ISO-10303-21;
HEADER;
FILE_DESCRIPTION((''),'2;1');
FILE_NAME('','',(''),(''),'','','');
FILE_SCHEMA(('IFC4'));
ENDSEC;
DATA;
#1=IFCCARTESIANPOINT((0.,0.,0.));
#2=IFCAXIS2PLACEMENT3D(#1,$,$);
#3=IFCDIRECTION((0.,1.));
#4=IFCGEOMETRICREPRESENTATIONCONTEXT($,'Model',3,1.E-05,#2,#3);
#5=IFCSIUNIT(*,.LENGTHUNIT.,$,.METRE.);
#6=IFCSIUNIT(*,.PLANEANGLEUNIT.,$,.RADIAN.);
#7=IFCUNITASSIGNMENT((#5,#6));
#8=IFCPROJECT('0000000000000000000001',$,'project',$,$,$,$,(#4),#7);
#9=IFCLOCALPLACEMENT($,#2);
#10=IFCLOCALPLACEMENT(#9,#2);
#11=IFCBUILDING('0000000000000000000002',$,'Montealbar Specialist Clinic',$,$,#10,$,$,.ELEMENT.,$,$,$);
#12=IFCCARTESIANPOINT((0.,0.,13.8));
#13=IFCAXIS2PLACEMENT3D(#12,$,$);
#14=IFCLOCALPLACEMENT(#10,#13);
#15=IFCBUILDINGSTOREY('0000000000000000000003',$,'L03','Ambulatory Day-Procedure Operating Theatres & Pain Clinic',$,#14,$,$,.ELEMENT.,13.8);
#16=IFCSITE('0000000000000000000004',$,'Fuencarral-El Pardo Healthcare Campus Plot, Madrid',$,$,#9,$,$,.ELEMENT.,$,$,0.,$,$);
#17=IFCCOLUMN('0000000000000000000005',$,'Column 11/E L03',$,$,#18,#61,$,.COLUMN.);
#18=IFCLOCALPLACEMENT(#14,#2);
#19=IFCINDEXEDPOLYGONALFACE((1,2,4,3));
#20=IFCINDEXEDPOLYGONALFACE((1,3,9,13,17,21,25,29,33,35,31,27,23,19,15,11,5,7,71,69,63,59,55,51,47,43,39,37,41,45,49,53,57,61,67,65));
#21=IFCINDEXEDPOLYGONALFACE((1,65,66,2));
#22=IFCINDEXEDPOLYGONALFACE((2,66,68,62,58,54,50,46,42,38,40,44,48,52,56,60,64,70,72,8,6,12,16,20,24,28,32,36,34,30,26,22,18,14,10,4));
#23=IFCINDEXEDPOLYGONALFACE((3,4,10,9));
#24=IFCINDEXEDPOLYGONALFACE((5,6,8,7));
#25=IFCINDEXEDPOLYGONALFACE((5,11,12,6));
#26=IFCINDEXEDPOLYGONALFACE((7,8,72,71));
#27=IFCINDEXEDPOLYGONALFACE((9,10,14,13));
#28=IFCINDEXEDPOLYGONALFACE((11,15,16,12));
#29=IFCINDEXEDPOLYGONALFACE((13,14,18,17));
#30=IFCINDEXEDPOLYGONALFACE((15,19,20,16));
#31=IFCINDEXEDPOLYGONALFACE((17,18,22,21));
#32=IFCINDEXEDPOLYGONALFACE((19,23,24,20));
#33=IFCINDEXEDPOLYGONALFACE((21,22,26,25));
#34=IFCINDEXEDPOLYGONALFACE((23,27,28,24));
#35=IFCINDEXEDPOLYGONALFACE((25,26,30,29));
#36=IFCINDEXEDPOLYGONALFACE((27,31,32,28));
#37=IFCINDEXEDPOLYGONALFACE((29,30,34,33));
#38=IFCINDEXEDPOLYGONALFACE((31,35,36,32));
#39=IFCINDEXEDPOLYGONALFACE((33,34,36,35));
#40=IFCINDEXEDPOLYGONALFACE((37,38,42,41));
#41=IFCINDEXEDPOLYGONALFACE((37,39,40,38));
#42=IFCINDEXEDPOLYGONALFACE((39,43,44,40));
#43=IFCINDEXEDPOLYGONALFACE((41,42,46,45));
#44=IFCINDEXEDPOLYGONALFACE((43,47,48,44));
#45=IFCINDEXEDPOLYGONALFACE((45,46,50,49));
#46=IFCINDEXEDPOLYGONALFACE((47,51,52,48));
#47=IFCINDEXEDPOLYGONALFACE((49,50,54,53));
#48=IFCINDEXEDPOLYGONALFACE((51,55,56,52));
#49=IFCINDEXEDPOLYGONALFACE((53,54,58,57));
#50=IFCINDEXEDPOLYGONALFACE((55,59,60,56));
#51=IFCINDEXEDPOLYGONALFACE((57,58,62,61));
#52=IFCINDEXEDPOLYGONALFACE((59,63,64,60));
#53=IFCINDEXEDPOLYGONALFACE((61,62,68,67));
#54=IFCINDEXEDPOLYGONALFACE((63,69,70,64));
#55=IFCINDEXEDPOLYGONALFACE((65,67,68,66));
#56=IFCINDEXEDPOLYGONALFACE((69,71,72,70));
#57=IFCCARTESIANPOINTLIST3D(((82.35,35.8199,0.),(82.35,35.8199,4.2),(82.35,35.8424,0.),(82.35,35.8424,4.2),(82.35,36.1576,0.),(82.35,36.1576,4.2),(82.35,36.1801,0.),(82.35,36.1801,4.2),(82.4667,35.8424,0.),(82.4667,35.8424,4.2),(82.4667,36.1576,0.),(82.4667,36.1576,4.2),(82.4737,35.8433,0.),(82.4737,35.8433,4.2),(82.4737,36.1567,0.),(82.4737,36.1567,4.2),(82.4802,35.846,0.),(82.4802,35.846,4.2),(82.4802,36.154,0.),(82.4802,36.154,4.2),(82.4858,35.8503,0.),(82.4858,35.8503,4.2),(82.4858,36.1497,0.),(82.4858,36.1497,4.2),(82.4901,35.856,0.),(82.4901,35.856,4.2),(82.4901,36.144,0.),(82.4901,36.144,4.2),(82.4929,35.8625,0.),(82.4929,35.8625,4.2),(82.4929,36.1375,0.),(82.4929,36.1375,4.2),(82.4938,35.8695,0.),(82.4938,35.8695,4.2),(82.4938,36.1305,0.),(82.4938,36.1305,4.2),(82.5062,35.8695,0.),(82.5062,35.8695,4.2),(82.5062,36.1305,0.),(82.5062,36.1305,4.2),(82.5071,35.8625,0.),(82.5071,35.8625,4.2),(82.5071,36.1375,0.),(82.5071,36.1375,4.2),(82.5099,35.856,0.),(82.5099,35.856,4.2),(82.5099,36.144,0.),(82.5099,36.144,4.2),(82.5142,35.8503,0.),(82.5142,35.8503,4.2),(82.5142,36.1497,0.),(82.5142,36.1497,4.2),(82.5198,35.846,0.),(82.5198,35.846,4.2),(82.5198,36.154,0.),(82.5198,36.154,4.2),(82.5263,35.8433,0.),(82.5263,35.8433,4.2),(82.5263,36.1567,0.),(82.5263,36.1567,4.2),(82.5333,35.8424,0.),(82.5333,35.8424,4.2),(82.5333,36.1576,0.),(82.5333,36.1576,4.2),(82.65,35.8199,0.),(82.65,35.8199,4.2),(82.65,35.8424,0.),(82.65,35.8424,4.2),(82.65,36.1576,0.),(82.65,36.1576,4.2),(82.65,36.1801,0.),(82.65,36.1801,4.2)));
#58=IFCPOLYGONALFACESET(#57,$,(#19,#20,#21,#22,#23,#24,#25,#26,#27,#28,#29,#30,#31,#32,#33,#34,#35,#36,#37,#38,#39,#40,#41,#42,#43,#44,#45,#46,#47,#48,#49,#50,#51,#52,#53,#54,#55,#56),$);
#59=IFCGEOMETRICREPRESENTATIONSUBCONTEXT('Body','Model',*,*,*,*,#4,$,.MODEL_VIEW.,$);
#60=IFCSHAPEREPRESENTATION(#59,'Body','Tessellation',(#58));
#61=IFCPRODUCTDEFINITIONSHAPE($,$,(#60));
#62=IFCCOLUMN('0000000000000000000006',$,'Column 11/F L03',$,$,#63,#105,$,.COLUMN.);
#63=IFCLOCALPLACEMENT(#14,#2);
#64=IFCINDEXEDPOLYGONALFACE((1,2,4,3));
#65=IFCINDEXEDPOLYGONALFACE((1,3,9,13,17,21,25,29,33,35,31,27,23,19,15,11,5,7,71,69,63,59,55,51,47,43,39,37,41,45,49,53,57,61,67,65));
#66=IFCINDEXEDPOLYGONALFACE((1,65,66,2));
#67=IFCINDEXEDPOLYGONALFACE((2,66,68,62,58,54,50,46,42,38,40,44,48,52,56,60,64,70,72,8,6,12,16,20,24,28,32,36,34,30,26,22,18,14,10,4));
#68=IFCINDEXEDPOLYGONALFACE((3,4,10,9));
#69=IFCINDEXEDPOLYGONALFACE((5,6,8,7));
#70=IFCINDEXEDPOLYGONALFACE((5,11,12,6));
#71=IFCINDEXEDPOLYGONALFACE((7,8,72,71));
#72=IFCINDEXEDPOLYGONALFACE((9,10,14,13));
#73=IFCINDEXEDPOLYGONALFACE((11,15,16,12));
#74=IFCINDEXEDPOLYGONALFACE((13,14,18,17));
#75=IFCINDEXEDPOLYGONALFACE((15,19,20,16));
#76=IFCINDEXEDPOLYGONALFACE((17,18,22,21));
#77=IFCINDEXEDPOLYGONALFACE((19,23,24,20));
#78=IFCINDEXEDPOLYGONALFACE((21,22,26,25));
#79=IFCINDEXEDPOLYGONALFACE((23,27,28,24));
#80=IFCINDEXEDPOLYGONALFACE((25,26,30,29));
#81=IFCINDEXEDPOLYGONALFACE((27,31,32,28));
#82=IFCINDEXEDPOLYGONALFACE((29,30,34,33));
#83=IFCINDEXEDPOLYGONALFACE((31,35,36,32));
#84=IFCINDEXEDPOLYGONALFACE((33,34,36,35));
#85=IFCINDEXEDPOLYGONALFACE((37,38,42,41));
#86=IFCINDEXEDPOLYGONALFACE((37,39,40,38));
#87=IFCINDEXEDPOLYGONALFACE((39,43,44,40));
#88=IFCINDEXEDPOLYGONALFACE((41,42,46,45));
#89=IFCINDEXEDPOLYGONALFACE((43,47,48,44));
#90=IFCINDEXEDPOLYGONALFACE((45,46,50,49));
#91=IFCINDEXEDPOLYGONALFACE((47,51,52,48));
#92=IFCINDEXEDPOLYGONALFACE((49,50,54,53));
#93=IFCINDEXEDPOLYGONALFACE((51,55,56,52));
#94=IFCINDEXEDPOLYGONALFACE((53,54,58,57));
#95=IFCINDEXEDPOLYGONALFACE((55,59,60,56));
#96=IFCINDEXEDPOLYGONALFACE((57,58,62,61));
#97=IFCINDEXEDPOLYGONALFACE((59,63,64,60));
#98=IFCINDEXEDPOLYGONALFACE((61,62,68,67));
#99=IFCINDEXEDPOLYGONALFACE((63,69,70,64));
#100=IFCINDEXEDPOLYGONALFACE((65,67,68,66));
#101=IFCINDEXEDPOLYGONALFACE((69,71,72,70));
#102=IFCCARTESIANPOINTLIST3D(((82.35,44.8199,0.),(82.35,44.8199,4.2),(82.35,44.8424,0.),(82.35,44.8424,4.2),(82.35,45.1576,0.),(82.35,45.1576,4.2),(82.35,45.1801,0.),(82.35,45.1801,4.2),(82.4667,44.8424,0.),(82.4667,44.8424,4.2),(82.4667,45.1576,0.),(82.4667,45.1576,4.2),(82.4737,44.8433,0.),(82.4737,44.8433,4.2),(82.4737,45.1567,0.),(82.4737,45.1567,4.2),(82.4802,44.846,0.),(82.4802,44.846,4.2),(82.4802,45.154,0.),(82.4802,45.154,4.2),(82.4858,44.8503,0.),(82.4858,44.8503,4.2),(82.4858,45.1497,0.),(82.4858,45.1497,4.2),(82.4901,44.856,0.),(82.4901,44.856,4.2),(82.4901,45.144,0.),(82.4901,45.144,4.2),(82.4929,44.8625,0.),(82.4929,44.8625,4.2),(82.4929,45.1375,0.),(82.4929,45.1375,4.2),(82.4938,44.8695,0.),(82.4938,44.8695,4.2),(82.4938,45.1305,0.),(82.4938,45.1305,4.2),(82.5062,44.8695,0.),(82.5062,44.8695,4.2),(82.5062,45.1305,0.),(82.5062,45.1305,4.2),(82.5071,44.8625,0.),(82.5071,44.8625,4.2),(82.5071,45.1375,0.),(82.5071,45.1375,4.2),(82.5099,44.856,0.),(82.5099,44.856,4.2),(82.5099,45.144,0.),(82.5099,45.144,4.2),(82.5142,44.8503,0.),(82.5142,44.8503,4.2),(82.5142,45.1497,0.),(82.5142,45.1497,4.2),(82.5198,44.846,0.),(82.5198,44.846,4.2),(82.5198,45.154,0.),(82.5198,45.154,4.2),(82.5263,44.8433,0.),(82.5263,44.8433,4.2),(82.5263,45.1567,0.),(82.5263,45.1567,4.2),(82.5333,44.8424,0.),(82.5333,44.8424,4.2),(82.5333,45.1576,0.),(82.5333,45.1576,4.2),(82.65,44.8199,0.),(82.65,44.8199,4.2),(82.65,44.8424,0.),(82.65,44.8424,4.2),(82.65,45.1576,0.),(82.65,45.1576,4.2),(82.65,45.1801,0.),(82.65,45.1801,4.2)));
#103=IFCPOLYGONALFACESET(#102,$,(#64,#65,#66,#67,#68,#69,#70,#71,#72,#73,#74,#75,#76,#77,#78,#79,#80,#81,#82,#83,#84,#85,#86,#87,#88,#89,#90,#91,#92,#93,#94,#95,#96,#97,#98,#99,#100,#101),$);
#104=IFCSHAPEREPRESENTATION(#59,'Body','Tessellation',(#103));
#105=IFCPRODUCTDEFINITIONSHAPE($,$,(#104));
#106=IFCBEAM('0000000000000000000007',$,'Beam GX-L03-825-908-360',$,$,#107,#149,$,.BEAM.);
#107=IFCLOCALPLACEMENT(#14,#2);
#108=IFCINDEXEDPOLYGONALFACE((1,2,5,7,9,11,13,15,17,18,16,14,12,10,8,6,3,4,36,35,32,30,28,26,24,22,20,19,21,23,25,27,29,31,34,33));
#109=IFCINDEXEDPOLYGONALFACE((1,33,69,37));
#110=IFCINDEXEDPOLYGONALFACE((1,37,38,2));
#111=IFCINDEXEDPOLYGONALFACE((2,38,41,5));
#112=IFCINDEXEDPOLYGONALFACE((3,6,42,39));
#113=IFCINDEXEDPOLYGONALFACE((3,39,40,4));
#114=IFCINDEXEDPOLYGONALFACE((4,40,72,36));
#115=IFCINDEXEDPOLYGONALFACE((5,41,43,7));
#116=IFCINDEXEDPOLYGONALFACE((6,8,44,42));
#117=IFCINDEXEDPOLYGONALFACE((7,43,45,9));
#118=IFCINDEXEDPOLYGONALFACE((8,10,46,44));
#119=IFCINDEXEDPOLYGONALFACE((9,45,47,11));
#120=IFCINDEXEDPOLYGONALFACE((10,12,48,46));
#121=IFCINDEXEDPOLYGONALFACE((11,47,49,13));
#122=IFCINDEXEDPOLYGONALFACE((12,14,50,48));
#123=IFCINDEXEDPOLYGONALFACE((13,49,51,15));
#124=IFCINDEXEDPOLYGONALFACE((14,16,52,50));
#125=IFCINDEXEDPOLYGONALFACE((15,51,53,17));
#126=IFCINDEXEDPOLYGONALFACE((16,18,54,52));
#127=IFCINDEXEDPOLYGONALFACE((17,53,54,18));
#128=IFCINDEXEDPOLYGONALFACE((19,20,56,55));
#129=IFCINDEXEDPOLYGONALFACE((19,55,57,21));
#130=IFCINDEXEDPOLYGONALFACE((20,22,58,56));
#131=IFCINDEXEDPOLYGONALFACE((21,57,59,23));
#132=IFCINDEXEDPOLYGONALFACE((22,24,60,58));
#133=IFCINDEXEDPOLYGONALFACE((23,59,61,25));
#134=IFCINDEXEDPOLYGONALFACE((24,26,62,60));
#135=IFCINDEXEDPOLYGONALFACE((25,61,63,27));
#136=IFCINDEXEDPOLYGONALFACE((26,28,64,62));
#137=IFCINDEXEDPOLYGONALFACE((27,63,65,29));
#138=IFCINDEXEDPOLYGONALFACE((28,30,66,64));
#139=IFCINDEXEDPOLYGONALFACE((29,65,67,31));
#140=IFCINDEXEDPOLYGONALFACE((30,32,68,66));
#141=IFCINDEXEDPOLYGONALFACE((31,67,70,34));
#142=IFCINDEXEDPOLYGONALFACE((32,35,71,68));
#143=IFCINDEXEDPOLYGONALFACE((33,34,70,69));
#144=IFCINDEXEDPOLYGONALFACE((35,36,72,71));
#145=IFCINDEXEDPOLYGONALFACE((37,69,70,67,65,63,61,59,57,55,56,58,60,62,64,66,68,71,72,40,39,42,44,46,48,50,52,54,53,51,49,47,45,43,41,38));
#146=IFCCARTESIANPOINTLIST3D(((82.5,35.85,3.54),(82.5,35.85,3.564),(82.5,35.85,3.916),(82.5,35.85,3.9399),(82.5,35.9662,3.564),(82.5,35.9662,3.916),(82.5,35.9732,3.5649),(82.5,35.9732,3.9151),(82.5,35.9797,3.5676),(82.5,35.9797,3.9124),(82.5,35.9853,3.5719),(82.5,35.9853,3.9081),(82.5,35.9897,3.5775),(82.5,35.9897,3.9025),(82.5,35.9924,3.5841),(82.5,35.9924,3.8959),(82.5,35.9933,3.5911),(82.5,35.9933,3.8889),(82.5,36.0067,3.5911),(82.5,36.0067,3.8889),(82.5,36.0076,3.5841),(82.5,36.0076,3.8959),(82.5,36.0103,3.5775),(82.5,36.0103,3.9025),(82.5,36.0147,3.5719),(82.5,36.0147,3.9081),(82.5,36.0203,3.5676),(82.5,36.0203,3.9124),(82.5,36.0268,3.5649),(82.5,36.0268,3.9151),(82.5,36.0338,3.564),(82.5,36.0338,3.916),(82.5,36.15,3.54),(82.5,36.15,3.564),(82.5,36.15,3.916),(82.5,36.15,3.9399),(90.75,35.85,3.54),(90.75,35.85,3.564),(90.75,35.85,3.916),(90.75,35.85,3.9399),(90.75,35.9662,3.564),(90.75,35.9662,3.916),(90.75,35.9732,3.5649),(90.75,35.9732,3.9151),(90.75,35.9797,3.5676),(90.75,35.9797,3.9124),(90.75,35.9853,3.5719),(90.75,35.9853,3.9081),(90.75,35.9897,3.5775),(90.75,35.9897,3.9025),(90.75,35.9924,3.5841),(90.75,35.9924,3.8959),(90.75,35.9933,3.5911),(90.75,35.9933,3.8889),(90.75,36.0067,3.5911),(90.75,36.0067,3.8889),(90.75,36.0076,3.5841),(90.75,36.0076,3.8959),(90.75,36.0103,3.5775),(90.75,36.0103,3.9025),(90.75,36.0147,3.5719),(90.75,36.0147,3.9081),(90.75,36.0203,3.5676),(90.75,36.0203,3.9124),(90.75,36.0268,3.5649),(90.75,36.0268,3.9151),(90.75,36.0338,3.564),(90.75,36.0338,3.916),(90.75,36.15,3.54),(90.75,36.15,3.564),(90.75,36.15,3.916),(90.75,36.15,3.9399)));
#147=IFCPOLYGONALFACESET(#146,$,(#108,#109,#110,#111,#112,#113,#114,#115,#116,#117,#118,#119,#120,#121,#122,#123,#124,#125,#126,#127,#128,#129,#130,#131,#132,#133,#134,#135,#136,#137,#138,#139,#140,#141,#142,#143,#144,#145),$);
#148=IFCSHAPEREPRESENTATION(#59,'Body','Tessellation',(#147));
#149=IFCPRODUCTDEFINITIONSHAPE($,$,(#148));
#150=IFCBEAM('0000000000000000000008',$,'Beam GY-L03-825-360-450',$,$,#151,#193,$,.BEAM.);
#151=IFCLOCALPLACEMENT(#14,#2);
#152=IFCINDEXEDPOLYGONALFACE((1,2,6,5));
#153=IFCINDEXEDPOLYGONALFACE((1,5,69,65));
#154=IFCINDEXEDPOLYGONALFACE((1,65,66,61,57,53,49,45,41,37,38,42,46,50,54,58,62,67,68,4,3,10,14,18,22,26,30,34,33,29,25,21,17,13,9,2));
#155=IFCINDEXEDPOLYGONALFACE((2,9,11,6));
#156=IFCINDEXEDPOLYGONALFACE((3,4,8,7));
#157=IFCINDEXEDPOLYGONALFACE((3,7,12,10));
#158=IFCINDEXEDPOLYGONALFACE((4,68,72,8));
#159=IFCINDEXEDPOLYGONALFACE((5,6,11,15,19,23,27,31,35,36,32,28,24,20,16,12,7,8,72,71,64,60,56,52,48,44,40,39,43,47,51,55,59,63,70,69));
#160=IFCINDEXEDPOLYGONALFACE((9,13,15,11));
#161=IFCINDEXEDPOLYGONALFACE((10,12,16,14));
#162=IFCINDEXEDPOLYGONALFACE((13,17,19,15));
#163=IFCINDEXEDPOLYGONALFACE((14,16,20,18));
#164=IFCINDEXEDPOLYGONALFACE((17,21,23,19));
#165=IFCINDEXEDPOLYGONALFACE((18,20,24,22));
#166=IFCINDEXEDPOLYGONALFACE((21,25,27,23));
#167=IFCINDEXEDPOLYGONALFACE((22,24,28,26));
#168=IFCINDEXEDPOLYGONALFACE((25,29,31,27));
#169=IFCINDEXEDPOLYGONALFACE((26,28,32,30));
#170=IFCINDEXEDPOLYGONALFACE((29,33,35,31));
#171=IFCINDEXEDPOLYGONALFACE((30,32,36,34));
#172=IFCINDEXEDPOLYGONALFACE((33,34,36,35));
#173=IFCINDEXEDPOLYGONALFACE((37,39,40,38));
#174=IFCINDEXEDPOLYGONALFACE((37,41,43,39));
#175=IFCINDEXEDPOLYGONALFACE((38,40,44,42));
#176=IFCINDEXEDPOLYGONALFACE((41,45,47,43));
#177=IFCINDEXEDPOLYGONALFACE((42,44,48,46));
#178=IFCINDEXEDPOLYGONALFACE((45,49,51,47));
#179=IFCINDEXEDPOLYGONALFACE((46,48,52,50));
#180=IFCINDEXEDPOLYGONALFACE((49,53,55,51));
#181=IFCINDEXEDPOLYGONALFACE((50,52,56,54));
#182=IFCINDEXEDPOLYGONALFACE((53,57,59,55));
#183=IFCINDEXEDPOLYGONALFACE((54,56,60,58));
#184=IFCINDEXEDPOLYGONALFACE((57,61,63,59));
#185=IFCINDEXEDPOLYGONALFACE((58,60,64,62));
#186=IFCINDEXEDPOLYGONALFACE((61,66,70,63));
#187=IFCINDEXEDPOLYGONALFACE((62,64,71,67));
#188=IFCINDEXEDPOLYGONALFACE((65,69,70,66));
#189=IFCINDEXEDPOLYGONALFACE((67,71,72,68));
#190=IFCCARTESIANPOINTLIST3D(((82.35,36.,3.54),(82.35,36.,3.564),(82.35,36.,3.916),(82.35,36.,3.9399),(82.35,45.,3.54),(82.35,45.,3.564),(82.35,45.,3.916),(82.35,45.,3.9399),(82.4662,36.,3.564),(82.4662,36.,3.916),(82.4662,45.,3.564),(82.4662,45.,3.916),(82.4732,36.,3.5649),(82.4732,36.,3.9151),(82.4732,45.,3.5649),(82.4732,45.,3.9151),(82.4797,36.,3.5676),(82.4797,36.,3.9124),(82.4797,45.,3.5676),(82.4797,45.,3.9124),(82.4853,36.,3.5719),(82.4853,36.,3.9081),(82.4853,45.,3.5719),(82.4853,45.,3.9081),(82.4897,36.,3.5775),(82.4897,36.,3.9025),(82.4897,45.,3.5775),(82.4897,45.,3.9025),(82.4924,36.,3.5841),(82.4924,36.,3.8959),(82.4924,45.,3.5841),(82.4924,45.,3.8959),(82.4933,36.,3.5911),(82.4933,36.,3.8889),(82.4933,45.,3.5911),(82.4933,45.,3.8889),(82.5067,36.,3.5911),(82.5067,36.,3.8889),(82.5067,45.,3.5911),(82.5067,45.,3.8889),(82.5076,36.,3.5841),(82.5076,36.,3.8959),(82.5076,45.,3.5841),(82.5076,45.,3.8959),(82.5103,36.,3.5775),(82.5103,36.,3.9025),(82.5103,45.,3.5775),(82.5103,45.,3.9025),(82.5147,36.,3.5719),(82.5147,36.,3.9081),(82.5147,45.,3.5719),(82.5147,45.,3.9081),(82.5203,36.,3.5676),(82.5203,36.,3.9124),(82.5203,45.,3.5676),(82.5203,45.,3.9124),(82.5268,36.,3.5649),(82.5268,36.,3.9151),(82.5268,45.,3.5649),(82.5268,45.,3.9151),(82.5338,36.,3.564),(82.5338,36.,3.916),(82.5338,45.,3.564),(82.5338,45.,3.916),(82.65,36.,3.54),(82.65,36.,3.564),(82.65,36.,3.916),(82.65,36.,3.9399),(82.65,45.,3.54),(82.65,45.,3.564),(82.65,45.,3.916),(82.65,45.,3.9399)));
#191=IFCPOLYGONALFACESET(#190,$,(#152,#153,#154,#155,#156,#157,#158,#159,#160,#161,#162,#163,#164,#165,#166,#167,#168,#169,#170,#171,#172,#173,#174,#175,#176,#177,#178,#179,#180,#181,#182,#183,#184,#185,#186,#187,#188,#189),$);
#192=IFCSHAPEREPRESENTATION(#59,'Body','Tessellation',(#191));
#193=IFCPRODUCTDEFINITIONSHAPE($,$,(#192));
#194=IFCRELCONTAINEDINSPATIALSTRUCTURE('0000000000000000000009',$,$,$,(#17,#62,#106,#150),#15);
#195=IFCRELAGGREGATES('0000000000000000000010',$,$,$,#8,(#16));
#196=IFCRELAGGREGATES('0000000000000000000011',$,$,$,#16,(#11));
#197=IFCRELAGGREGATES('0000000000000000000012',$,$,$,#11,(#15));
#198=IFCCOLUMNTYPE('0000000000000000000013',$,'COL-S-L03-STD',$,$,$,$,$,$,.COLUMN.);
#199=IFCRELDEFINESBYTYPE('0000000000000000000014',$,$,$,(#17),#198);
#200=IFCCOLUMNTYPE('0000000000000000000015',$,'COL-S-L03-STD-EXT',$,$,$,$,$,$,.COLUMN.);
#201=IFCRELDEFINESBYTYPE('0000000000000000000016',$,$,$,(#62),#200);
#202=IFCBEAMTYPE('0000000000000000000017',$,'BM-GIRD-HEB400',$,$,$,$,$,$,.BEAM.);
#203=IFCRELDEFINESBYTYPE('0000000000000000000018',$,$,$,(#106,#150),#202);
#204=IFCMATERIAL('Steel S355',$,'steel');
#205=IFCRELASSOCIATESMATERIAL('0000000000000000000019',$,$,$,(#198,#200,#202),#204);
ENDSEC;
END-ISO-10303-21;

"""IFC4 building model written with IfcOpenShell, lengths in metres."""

from ifc_helpers import new_model, si_unit, direction, frame, origin, origin_2d, place, context, subcontext, project, spatial, i_section, extrude, material, material_profile, profile_set, type_object, element, save


model = new_model("IFC4")

# Units and contexts
model_context = context("Model", 3, precision=1e-05, world=origin(), true_north=direction((0.0, 1.0)))
body_context = subcontext(model_context, "Body", "Model", "MODEL_VIEW")
ifc_project = project(units=[si_unit("LENGTHUNIT", "METRE"), si_unit("PLANEANGLEUNIT", "RADIAN")], contexts=[model_context])

# Site, building, storey
site_placement = place(None, origin())
site = spatial("IfcSite", under=ifc_project, at=site_placement, Name="Fuencarral-El Pardo Healthcare Campus Plot, Madrid", CompositionType="ELEMENT", RefElevation=0.0)
building_placement = place(site_placement, origin())
building = spatial("IfcBuilding", under=site, at=building_placement, Name="Montealbar Specialist Clinic", CompositionType="ELEMENT")
storey_placement = place(building_placement, frame((0.0, 0.0, 13.8)))
storey = spatial("IfcBuildingStorey", under=building, at=storey_placement, Name="L03", Description="Ambulatory Day-Procedure Operating Theatres & Pain Clinic", CompositionType="ELEMENT", Elevation=13.8)

# Columns
ifc_material_1 = material(Name="Steel S355", Category="steel")
ifc_material_profile_1 = material_profile(ifc_material_1, i_section(OverallWidth=0.3, OverallDepth=0.3601, WebThickness=0.0125, FlangeThickness=0.0225, FilletRadius=0.0271, at=origin_2d()), Name="HEB 360", Category="steel")
ifc_profile_set_1 = profile_set([ifc_material_profile_1], Name="Steel S355")
column_type_1 = type_object("IfcColumnType", Name="COL-S-L03-STD", PredefinedType="COLUMN", material=ifc_profile_set_1)
column_1_placement = place(storey_placement, frame((82.5, 36.0, 0.0), z_axis=(0.0, 0.0, 1.0), x_axis=(1.0, 0.0, 0.0)))
element("IfcColumn", 1, at=column_1_placement, inside=storey, type_object=column_type_1, Name="Column 11/E L03", PredefinedType="COLUMN", context=body_context, shape_type="SweptSolid", body=[
    extrude(i_section(OverallWidth=0.3, OverallDepth=0.3601, WebThickness=0.0125, FlangeThickness=0.0225, FilletRadius=0.0271, at=origin_2d()), origin(), (0.0, 0.0, 1.0), 4.2),
])
ifc_material_profile_2 = material_profile(ifc_material_1, i_section(OverallWidth=0.3, OverallDepth=0.3601, WebThickness=0.0125, FlangeThickness=0.0225, FilletRadius=0.0271, at=origin_2d()), Name="HEB 360", Category="steel")
ifc_profile_set_2 = profile_set([ifc_material_profile_2], Name="Steel S355")
column_type_2 = type_object("IfcColumnType", Name="COL-S-L03-STD-EXT", PredefinedType="COLUMN", material=ifc_profile_set_2)
column_2_placement = place(storey_placement, frame((82.5, 45.0, 0.0), z_axis=(0.0, 0.0, 1.0), x_axis=(1.0, 0.0, 0.0)))
element("IfcColumn", 2, at=column_2_placement, inside=storey, type_object=column_type_2, Name="Column 11/F L03", PredefinedType="COLUMN", context=body_context, shape_type="SweptSolid", body=[
    extrude(i_section(OverallWidth=0.3, OverallDepth=0.3601, WebThickness=0.0125, FlangeThickness=0.0225, FilletRadius=0.0271, at=origin_2d()), origin(), (0.0, 0.0, 1.0), 4.2),
])

# Beams
ifc_material_profile_3 = material_profile(ifc_material_1, i_section(OverallWidth=0.3, OverallDepth=0.3999, WebThickness=0.0134, FlangeThickness=0.0239, FilletRadius=0.0271, at=origin_2d()), Name="HEB 400", Category="steel")
ifc_profile_set_3 = profile_set([ifc_material_profile_3], Name="Steel S355")
beam_type_1 = type_object("IfcBeamType", Name="BM-GIRD-HEB400", PredefinedType="BEAM", material=ifc_profile_set_3)
beam_1_placement = place(storey_placement, frame((82.5, 36.0, 3.74), z_axis=(1.0, 0.0, 0.0), x_axis=(0.0, 1.0, 0.0)))
element("IfcBeam", 3, at=beam_1_placement, inside=storey, type_object=beam_type_1, Name="Beam GX-L03-825-908-360", PredefinedType="BEAM", context=body_context, shape_type="SweptSolid", body=[
    extrude(i_section(OverallWidth=0.3, OverallDepth=0.3999, WebThickness=0.0134, FlangeThickness=0.0239, FilletRadius=0.0271, at=origin_2d()), origin(), (0.0, 0.0, 1.0), 8.25),
])
beam_2_placement = place(storey_placement, frame((82.5, 36.0, 3.74), z_axis=(0.0, 1.0, 0.0), x_axis=(-1.0, 0.0, 0.0)))
element("IfcBeam", 4, at=beam_2_placement, inside=storey, type_object=beam_type_1, Name="Beam GY-L03-825-360-450", PredefinedType="BEAM", context=body_context, shape_type="SweptSolid", body=[
    extrude(i_section(OverallWidth=0.3, OverallDepth=0.3999, WebThickness=0.0134, FlangeThickness=0.0239, FilletRadius=0.0271, at=origin_2d()), origin(), (0.0, 0.0, 1.0), 9.0),
])

save(model, "model.ifc")
